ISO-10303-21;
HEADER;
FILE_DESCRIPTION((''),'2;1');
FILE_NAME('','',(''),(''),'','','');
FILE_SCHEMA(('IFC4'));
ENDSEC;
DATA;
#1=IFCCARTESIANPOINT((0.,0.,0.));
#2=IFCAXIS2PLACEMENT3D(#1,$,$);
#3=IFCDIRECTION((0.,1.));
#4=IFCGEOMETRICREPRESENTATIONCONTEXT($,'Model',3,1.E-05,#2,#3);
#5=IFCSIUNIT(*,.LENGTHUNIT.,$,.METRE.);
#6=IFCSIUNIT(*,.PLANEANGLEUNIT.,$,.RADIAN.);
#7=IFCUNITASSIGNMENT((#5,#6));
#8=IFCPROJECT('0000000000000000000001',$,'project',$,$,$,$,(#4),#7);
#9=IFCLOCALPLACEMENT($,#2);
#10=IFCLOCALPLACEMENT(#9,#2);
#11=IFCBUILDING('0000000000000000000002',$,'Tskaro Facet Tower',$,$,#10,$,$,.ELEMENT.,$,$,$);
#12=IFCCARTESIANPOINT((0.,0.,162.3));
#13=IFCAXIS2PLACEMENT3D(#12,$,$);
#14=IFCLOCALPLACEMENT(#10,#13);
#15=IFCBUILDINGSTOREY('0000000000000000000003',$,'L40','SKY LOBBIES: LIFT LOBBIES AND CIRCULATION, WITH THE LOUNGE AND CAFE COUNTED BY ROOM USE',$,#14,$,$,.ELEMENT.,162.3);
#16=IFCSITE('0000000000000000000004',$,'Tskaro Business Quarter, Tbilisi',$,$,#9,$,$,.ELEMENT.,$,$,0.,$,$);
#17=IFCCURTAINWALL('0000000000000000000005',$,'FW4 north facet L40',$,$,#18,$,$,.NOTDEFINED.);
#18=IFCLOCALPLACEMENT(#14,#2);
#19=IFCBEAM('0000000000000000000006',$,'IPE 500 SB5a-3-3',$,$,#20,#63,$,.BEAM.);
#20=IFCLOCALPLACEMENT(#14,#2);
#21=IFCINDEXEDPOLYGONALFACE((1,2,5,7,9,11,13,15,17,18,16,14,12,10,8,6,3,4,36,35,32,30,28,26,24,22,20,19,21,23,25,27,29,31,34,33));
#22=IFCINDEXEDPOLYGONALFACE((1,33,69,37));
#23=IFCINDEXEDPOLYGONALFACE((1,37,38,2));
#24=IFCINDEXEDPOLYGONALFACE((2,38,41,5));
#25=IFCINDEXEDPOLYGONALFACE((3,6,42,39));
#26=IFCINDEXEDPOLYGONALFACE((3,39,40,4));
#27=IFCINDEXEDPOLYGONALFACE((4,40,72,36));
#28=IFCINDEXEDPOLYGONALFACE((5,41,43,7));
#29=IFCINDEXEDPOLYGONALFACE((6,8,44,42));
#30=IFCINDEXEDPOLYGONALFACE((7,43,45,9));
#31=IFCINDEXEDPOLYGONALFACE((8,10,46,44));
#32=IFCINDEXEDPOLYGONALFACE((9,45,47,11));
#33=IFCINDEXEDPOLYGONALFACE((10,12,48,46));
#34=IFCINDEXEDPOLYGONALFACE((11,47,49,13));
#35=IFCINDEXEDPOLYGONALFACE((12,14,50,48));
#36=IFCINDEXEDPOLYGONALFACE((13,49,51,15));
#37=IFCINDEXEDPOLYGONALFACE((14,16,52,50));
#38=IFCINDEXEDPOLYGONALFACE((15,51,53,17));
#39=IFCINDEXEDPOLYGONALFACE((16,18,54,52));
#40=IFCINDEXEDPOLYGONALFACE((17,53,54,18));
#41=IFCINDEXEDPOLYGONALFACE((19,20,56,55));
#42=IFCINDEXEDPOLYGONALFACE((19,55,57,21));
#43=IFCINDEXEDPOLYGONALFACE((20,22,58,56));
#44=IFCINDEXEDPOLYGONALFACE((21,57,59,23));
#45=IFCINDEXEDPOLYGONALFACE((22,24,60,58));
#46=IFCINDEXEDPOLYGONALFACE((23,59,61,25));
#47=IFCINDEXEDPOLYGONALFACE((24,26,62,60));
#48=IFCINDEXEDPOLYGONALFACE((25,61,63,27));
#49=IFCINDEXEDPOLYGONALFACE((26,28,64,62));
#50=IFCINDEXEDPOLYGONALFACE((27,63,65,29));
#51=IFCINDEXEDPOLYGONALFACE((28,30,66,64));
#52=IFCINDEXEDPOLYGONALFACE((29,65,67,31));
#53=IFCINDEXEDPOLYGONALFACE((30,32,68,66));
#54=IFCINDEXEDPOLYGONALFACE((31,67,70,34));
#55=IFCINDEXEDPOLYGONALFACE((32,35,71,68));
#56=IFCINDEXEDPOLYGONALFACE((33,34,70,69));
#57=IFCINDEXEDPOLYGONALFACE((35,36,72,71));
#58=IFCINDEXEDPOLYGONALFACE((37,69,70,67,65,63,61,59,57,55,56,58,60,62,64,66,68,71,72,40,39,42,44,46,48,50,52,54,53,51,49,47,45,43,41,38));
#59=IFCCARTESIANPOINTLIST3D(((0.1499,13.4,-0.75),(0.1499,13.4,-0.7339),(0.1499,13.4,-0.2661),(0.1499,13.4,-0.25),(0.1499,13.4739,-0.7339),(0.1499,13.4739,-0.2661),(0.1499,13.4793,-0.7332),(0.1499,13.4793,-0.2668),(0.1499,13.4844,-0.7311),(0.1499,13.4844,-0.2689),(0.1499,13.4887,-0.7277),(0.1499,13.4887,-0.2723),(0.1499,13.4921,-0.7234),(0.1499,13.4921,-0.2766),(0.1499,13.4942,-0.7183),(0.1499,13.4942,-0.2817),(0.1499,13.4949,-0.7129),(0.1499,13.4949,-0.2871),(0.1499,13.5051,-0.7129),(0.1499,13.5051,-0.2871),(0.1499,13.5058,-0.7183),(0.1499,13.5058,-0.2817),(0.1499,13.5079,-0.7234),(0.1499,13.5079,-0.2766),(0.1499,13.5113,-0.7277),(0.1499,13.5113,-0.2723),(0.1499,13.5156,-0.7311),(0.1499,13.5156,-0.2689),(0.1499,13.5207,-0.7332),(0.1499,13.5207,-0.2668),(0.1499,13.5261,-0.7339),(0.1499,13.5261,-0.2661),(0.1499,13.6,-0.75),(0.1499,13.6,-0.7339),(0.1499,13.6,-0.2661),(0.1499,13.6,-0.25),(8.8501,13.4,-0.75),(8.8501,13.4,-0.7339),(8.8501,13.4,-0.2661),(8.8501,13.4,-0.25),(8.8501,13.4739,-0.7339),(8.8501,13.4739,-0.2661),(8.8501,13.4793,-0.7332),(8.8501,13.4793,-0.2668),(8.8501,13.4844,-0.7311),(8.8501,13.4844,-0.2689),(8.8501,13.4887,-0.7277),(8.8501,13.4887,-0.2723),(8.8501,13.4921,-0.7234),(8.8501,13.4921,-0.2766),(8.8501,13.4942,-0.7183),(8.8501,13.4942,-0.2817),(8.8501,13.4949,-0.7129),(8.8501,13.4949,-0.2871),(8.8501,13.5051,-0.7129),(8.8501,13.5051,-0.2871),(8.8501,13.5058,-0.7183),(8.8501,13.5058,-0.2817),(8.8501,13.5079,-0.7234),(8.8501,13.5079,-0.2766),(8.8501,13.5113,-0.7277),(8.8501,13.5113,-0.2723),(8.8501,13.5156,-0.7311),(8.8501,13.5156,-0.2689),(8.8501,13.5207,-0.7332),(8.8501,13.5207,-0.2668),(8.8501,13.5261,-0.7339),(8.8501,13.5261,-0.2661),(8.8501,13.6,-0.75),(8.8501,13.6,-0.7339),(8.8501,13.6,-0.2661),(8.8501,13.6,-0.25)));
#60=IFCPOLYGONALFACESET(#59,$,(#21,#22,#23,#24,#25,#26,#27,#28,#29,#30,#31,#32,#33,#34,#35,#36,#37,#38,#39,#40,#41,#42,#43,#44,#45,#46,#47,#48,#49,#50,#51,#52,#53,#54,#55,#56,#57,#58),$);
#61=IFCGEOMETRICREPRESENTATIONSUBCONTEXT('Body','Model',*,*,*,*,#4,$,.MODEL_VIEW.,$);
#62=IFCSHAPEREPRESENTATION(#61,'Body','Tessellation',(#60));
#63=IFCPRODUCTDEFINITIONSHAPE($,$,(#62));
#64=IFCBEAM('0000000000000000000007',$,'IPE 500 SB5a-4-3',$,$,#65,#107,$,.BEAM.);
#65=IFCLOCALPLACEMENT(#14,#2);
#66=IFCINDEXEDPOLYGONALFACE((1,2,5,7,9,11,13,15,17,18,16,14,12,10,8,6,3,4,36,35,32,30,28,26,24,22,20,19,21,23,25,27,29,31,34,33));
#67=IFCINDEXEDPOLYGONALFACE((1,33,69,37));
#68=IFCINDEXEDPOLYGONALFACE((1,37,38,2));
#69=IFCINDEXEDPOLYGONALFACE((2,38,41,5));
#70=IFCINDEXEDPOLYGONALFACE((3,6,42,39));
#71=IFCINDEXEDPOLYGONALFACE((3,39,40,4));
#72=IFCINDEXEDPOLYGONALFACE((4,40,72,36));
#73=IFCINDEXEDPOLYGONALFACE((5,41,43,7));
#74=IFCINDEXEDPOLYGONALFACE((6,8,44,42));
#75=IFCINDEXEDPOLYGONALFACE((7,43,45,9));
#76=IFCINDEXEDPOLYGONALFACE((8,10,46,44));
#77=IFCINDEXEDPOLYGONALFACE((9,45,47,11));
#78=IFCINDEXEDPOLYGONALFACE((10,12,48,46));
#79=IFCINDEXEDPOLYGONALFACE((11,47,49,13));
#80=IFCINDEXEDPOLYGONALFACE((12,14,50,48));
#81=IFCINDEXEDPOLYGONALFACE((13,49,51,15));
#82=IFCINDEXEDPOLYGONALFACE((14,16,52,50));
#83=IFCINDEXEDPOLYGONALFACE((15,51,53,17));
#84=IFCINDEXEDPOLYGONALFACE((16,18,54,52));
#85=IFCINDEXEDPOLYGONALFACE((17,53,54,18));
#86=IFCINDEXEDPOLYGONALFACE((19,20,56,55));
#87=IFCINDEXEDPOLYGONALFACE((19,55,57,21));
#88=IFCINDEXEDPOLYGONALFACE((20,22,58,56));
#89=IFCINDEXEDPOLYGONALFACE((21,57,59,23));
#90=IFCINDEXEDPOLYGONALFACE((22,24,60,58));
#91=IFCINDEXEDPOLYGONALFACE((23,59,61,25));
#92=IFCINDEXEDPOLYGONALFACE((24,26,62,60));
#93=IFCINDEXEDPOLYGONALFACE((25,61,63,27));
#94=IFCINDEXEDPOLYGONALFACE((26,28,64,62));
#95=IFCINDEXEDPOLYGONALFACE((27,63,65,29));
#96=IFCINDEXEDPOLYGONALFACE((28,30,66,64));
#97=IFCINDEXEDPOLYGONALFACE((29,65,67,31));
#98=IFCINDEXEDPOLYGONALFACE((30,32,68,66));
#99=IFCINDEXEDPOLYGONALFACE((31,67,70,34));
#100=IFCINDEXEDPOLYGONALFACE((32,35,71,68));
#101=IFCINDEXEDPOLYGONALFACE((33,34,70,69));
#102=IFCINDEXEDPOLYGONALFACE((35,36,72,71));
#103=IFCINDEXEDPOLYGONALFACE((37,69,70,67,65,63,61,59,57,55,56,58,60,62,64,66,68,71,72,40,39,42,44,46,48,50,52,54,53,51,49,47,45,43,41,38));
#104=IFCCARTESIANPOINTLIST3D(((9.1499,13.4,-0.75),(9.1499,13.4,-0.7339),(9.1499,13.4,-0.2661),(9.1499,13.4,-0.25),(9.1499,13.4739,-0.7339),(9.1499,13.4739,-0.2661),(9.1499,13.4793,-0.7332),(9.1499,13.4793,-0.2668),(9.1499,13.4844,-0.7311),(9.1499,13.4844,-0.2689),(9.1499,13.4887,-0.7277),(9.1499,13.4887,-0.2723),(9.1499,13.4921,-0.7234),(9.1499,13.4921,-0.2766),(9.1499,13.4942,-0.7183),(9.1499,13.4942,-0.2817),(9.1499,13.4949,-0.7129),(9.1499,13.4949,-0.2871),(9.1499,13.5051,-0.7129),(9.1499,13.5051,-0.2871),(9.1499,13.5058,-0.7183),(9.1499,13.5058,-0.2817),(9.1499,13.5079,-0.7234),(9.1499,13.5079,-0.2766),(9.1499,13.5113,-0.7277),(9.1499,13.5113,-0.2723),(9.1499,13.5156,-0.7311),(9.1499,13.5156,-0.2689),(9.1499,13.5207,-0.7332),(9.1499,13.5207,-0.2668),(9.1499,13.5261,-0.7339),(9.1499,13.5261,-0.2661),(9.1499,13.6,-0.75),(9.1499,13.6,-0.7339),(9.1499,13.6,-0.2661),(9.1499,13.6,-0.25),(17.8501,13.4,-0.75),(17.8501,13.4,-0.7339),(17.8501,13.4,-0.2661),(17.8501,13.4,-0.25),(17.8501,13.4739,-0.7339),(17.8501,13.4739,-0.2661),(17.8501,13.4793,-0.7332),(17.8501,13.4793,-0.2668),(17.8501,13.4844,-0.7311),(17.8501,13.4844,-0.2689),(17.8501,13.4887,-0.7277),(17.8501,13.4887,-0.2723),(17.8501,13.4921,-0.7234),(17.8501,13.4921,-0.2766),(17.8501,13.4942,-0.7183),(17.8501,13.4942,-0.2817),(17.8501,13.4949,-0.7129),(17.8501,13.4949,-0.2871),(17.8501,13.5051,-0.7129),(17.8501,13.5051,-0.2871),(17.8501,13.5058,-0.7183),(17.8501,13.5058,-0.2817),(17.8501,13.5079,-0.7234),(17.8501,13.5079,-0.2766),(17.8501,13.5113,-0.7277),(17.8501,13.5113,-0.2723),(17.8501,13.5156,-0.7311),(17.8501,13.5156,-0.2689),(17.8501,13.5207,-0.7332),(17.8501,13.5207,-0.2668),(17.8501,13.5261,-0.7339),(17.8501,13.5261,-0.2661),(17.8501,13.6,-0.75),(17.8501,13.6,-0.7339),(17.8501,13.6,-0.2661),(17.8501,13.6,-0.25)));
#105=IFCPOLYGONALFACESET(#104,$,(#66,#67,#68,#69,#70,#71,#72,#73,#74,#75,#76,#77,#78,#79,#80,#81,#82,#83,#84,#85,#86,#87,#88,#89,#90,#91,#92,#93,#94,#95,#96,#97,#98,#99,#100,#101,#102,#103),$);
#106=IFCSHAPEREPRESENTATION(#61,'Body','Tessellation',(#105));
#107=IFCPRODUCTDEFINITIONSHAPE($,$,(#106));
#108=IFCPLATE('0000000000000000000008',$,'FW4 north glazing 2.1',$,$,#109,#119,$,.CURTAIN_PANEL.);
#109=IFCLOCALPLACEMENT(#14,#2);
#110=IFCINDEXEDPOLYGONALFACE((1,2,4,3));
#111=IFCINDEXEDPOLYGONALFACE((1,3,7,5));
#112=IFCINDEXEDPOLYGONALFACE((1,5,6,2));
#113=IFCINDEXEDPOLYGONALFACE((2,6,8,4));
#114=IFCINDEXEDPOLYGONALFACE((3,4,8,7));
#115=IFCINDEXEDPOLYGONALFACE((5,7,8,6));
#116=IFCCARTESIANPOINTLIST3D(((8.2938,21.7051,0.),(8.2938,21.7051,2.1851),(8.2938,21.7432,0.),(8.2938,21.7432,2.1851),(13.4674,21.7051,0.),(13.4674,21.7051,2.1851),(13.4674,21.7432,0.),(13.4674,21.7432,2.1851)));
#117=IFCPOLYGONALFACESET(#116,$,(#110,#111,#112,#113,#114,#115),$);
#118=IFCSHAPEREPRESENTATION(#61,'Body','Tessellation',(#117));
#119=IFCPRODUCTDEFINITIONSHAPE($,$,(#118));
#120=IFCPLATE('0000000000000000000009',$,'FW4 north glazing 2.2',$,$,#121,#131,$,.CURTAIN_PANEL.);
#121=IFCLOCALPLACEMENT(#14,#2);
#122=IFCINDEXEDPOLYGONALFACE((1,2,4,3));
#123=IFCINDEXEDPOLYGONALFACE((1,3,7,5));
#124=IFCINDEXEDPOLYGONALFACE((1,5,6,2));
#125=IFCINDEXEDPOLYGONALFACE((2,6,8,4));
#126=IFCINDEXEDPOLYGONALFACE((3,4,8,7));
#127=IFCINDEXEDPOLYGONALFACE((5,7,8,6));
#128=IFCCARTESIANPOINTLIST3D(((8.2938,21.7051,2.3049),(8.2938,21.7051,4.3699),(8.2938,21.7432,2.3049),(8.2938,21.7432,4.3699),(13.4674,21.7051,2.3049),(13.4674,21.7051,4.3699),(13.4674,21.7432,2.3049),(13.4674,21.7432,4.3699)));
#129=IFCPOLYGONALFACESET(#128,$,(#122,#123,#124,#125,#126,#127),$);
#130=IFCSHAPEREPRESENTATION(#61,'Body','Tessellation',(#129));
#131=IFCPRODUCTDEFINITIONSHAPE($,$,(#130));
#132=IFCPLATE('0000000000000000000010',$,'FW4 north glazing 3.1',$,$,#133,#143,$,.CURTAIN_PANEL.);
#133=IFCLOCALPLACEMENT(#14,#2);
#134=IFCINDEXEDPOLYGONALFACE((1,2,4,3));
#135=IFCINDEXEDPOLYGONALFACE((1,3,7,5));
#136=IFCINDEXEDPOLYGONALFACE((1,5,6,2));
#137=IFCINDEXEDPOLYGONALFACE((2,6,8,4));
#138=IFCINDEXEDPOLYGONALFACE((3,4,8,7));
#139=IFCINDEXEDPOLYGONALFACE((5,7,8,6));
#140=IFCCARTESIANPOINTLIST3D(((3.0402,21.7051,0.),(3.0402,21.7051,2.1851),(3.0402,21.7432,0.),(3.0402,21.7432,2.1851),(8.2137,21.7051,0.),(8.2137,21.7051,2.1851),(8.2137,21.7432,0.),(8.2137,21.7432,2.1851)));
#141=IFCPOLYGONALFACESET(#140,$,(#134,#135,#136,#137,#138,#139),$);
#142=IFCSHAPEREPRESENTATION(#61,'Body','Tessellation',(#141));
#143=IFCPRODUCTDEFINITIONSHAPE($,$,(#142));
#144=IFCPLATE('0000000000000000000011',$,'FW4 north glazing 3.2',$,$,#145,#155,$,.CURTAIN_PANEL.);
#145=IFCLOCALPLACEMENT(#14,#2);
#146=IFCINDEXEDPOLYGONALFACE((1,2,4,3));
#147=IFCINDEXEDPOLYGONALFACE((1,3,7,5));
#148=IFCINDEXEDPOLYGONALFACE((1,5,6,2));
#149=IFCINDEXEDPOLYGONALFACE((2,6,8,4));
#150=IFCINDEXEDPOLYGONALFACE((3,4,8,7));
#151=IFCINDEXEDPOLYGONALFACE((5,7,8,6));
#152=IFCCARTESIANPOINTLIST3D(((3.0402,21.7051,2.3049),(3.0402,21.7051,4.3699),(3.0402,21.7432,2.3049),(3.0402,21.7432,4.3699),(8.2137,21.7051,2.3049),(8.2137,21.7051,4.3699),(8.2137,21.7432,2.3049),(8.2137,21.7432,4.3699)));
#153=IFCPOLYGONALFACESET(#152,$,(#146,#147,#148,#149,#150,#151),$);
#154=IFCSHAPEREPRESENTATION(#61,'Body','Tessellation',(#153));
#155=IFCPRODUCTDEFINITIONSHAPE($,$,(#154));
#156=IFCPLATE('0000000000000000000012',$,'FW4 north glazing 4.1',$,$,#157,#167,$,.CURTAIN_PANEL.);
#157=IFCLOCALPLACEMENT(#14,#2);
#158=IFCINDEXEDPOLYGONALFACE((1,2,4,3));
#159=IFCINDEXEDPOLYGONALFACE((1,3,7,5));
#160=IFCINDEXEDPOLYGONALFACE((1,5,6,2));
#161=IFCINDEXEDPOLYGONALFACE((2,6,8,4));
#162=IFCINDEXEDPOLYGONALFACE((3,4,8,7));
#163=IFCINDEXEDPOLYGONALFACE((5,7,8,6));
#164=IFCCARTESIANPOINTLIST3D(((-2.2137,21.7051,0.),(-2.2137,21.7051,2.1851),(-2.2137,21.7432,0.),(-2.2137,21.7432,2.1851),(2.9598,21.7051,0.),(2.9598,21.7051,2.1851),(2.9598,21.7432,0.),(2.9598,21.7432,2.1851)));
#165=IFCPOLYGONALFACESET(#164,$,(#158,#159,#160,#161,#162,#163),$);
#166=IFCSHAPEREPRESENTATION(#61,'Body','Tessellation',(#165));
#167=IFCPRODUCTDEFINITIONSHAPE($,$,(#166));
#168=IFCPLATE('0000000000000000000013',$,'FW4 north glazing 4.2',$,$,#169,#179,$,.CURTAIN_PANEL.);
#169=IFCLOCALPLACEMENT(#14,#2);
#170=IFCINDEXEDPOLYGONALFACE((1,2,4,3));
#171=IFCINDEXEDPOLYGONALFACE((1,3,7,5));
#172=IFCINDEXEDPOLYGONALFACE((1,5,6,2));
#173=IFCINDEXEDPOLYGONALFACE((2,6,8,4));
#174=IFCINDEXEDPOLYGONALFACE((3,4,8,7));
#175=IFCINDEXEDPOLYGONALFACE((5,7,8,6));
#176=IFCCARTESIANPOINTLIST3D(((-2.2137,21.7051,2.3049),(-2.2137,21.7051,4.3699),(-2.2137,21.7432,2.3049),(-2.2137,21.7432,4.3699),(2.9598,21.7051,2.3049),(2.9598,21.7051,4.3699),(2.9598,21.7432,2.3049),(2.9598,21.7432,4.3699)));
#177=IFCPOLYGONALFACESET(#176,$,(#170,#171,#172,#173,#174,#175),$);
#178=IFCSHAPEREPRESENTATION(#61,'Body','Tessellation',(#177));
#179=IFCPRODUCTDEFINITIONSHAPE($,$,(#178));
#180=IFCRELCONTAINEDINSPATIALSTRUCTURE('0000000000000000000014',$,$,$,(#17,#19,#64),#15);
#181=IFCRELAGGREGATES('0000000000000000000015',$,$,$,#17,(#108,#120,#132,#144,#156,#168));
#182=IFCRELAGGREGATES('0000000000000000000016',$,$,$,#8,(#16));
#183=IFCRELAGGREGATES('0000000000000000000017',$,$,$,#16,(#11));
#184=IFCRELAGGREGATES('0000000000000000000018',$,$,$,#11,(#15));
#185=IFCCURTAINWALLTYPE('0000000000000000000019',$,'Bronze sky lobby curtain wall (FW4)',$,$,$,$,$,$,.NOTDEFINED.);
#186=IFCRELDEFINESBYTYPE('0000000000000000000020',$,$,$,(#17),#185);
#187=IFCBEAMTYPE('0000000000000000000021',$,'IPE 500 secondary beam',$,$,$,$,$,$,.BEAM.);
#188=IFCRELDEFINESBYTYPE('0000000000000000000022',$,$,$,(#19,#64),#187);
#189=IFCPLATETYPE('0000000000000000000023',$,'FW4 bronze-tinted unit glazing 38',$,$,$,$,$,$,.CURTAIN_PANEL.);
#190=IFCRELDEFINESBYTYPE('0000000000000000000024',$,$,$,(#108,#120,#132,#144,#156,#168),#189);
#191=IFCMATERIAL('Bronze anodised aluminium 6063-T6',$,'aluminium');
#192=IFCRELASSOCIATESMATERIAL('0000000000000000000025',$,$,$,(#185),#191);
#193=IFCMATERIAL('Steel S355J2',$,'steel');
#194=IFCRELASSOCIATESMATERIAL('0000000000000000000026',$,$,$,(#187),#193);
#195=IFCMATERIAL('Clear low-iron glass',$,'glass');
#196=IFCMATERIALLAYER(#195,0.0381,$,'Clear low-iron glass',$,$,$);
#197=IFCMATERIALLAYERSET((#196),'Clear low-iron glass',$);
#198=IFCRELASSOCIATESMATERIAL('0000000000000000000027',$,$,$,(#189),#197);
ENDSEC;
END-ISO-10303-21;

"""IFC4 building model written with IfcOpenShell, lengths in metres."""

from ifc_helpers import new_model, si_unit, direction, frame, origin, origin_2d, place, context, subcontext, project, spatial, rectangle, i_section, extrude, material, layer, layer_set, material_profile, profile_set, type_object, element, aggregate, save


model = new_model("IFC4")

# Units and contexts
model_context = context("Model", 3, precision=1e-05, world=origin(), true_north=direction((0.0, 1.0)))
body_context = subcontext(model_context, "Body", "Model", "MODEL_VIEW")
ifc_project = project(units=[si_unit("LENGTHUNIT", "METRE"), si_unit("PLANEANGLEUNIT", "RADIAN")], contexts=[model_context])

# Site, building, storey
site_placement = place(None, origin())
site = spatial("IfcSite", under=ifc_project, at=site_placement, Name="Tskaro Business Quarter, Tbilisi", CompositionType="ELEMENT", RefElevation=0.0)
building_placement = place(site_placement, origin())
building = spatial("IfcBuilding", under=site, at=building_placement, Name="Tskaro Facet Tower", CompositionType="ELEMENT")
storey_placement = place(building_placement, frame((0.0, 0.0, 162.3)))
storey = spatial("IfcBuildingStorey", under=building, at=storey_placement, Name="L40", Description="SKY LOBBIES: LIFT LOBBIES AND CIRCULATION, WITH THE LOUNGE AND CAFE COUNTED BY ROOM USE", CompositionType="ELEMENT", Elevation=162.3)

# Curtain wall
ifc_material_1 = material(Name="Bronze anodised aluminium 6063-T6", Category="aluminium")
curtain_wall_type = type_object("IfcCurtainWallType", Name="Bronze sky lobby curtain wall (FW4)", PredefinedType="NOTDEFINED", material=ifc_material_1)
curtain_wall_placement = place(storey_placement, origin())
curtain_wall = element("IfcCurtainWall", 1, at=curtain_wall_placement, inside=storey, type_object=curtain_wall_type, Name="FW4 north facet L40", PredefinedType="NOTDEFINED")

# Beams
ifc_material_2 = material(Name="Steel S355J2", Category="steel")
ifc_material_profile_1 = material_profile(ifc_material_2, i_section(OverallWidth=0.2, OverallDepth=0.5, WebThickness=0.0103, FlangeThickness=0.0161, FilletRadius=0.021, at=origin_2d()), Name="IPE 500")
ifc_profile_set_1 = profile_set([ifc_material_profile_1], Name="Steel S355J2")
beam_type_1 = type_object("IfcBeamType", Name="IPE 500 secondary beam", PredefinedType="BEAM", material=ifc_profile_set_1)
for number, where, z_axis, x_axis, name in (
    (2, (0.1499, 13.5, -0.5), (1.0, 0.0, 0.0), (0.0, 1.0, 0.0), "IPE 500 SB5a-3-3"),
    (3, (9.1499, 13.5, -0.5), (1.0, 0.0, 0.0), (0.0, 1.0, 0.0), "IPE 500 SB5a-4-3"),
):
    element("IfcBeam", number, at=place(storey_placement, frame(where, z_axis=z_axis, x_axis=x_axis)), inside=storey, type_object=beam_type_1, Name=name, PredefinedType="BEAM", context=body_context, shape_type="SweptSolid", body=[
        extrude(i_section(OverallWidth=0.2, OverallDepth=0.5, WebThickness=0.0103, FlangeThickness=0.0161, FilletRadius=0.021, at=origin_2d()), origin(), (0.0, 0.0, 1.0), 8.7002),
    ])

# Plates
ifc_material_3 = material(Name="Clear low-iron glass", Category="glass")
ifc_layer_1 = layer(ifc_material_3, 0.0381, Name="Clear low-iron glass")
ifc_layer_set_1 = layer_set([ifc_layer_1], Name="Clear low-iron glass")
plate_type = type_object("IfcPlateType", Name="FW4 bronze-tinted unit glazing 38", PredefinedType="CURTAIN_PANEL", material=ifc_layer_set_1)
plate_1_placement = place(storey_placement, frame((10.8806, 21.7241, 0.0), z_axis=(0.0, 0.0, 1.0), x_axis=(-1.0, 0.0, 0.0)))
plate_1 = element("IfcPlate", 4, at=plate_1_placement, type_object=plate_type, Name="FW4 north glazing 2.1", PredefinedType="CURTAIN_PANEL", context=body_context, shape_type="SweptSolid", body=[
    extrude(rectangle(XDim=5.1736, YDim=0.0381, at=origin_2d()), origin(), (0.0, 0.0, 1.0), 2.1851),
])
plate_2_placement = place(storey_placement, frame((10.8806, 21.7241, 2.3049), z_axis=(0.0, 0.0, 1.0), x_axis=(-1.0, 0.0, 0.0)))
plate_2 = element("IfcPlate", 5, at=plate_2_placement, type_object=plate_type, Name="FW4 north glazing 2.2", PredefinedType="CURTAIN_PANEL", context=body_context, shape_type="SweptSolid", body=[
    extrude(rectangle(XDim=5.1736, YDim=0.0381, at=origin_2d()), origin(), (0.0, 0.0, 1.0), 2.0649),
])
plate_3_placement = place(storey_placement, frame((5.627, 21.7241, 0.0), z_axis=(0.0, 0.0, 1.0), x_axis=(-1.0, 0.0, 0.0)))
plate_3 = element("IfcPlate", 6, at=plate_3_placement, type_object=plate_type, Name="FW4 north glazing 3.1", PredefinedType="CURTAIN_PANEL", context=body_context, shape_type="SweptSolid", body=[
    extrude(rectangle(XDim=5.1736, YDim=0.0381, at=origin_2d()), origin(), (0.0, 0.0, 1.0), 2.1851),
])
plate_4_placement = place(storey_placement, frame((5.627, 21.7241, 2.3049), z_axis=(0.0, 0.0, 1.0), x_axis=(-1.0, 0.0, 0.0)))
plate_4 = element("IfcPlate", 7, at=plate_4_placement, type_object=plate_type, Name="FW4 north glazing 3.2", PredefinedType="CURTAIN_PANEL", context=body_context, shape_type="SweptSolid", body=[
    extrude(rectangle(XDim=5.1736, YDim=0.0381, at=origin_2d()), origin(), (0.0, 0.0, 1.0), 2.0649),
])
plate_5_placement = place(storey_placement, frame((0.373, 21.7241, 0.0), z_axis=(0.0, 0.0, 1.0), x_axis=(-1.0, 0.0, 0.0)))
plate_5 = element("IfcPlate", 8, at=plate_5_placement, type_object=plate_type, Name="FW4 north glazing 4.1", PredefinedType="CURTAIN_PANEL", context=body_context, shape_type="SweptSolid", body=[
    extrude(rectangle(XDim=5.1736, YDim=0.0381, at=origin_2d()), origin(), (0.0, 0.0, 1.0), 2.1851),
])
plate_6_placement = place(storey_placement, frame((0.373, 21.7241, 2.3049), z_axis=(0.0, 0.0, 1.0), x_axis=(-1.0, 0.0, 0.0)))
plate_6 = element("IfcPlate", 9, at=plate_6_placement, type_object=plate_type, Name="FW4 north glazing 4.2", PredefinedType="CURTAIN_PANEL", context=body_context, shape_type="SweptSolid", body=[
    extrude(rectangle(XDim=5.1736, YDim=0.0381, at=origin_2d()), origin(), (0.0, 0.0, 1.0), 2.0649),
])
aggregate(curtain_wall, [plate_1, plate_2, plate_3, plate_4, plate_5, plate_6])

save(model, "model.ifc")
